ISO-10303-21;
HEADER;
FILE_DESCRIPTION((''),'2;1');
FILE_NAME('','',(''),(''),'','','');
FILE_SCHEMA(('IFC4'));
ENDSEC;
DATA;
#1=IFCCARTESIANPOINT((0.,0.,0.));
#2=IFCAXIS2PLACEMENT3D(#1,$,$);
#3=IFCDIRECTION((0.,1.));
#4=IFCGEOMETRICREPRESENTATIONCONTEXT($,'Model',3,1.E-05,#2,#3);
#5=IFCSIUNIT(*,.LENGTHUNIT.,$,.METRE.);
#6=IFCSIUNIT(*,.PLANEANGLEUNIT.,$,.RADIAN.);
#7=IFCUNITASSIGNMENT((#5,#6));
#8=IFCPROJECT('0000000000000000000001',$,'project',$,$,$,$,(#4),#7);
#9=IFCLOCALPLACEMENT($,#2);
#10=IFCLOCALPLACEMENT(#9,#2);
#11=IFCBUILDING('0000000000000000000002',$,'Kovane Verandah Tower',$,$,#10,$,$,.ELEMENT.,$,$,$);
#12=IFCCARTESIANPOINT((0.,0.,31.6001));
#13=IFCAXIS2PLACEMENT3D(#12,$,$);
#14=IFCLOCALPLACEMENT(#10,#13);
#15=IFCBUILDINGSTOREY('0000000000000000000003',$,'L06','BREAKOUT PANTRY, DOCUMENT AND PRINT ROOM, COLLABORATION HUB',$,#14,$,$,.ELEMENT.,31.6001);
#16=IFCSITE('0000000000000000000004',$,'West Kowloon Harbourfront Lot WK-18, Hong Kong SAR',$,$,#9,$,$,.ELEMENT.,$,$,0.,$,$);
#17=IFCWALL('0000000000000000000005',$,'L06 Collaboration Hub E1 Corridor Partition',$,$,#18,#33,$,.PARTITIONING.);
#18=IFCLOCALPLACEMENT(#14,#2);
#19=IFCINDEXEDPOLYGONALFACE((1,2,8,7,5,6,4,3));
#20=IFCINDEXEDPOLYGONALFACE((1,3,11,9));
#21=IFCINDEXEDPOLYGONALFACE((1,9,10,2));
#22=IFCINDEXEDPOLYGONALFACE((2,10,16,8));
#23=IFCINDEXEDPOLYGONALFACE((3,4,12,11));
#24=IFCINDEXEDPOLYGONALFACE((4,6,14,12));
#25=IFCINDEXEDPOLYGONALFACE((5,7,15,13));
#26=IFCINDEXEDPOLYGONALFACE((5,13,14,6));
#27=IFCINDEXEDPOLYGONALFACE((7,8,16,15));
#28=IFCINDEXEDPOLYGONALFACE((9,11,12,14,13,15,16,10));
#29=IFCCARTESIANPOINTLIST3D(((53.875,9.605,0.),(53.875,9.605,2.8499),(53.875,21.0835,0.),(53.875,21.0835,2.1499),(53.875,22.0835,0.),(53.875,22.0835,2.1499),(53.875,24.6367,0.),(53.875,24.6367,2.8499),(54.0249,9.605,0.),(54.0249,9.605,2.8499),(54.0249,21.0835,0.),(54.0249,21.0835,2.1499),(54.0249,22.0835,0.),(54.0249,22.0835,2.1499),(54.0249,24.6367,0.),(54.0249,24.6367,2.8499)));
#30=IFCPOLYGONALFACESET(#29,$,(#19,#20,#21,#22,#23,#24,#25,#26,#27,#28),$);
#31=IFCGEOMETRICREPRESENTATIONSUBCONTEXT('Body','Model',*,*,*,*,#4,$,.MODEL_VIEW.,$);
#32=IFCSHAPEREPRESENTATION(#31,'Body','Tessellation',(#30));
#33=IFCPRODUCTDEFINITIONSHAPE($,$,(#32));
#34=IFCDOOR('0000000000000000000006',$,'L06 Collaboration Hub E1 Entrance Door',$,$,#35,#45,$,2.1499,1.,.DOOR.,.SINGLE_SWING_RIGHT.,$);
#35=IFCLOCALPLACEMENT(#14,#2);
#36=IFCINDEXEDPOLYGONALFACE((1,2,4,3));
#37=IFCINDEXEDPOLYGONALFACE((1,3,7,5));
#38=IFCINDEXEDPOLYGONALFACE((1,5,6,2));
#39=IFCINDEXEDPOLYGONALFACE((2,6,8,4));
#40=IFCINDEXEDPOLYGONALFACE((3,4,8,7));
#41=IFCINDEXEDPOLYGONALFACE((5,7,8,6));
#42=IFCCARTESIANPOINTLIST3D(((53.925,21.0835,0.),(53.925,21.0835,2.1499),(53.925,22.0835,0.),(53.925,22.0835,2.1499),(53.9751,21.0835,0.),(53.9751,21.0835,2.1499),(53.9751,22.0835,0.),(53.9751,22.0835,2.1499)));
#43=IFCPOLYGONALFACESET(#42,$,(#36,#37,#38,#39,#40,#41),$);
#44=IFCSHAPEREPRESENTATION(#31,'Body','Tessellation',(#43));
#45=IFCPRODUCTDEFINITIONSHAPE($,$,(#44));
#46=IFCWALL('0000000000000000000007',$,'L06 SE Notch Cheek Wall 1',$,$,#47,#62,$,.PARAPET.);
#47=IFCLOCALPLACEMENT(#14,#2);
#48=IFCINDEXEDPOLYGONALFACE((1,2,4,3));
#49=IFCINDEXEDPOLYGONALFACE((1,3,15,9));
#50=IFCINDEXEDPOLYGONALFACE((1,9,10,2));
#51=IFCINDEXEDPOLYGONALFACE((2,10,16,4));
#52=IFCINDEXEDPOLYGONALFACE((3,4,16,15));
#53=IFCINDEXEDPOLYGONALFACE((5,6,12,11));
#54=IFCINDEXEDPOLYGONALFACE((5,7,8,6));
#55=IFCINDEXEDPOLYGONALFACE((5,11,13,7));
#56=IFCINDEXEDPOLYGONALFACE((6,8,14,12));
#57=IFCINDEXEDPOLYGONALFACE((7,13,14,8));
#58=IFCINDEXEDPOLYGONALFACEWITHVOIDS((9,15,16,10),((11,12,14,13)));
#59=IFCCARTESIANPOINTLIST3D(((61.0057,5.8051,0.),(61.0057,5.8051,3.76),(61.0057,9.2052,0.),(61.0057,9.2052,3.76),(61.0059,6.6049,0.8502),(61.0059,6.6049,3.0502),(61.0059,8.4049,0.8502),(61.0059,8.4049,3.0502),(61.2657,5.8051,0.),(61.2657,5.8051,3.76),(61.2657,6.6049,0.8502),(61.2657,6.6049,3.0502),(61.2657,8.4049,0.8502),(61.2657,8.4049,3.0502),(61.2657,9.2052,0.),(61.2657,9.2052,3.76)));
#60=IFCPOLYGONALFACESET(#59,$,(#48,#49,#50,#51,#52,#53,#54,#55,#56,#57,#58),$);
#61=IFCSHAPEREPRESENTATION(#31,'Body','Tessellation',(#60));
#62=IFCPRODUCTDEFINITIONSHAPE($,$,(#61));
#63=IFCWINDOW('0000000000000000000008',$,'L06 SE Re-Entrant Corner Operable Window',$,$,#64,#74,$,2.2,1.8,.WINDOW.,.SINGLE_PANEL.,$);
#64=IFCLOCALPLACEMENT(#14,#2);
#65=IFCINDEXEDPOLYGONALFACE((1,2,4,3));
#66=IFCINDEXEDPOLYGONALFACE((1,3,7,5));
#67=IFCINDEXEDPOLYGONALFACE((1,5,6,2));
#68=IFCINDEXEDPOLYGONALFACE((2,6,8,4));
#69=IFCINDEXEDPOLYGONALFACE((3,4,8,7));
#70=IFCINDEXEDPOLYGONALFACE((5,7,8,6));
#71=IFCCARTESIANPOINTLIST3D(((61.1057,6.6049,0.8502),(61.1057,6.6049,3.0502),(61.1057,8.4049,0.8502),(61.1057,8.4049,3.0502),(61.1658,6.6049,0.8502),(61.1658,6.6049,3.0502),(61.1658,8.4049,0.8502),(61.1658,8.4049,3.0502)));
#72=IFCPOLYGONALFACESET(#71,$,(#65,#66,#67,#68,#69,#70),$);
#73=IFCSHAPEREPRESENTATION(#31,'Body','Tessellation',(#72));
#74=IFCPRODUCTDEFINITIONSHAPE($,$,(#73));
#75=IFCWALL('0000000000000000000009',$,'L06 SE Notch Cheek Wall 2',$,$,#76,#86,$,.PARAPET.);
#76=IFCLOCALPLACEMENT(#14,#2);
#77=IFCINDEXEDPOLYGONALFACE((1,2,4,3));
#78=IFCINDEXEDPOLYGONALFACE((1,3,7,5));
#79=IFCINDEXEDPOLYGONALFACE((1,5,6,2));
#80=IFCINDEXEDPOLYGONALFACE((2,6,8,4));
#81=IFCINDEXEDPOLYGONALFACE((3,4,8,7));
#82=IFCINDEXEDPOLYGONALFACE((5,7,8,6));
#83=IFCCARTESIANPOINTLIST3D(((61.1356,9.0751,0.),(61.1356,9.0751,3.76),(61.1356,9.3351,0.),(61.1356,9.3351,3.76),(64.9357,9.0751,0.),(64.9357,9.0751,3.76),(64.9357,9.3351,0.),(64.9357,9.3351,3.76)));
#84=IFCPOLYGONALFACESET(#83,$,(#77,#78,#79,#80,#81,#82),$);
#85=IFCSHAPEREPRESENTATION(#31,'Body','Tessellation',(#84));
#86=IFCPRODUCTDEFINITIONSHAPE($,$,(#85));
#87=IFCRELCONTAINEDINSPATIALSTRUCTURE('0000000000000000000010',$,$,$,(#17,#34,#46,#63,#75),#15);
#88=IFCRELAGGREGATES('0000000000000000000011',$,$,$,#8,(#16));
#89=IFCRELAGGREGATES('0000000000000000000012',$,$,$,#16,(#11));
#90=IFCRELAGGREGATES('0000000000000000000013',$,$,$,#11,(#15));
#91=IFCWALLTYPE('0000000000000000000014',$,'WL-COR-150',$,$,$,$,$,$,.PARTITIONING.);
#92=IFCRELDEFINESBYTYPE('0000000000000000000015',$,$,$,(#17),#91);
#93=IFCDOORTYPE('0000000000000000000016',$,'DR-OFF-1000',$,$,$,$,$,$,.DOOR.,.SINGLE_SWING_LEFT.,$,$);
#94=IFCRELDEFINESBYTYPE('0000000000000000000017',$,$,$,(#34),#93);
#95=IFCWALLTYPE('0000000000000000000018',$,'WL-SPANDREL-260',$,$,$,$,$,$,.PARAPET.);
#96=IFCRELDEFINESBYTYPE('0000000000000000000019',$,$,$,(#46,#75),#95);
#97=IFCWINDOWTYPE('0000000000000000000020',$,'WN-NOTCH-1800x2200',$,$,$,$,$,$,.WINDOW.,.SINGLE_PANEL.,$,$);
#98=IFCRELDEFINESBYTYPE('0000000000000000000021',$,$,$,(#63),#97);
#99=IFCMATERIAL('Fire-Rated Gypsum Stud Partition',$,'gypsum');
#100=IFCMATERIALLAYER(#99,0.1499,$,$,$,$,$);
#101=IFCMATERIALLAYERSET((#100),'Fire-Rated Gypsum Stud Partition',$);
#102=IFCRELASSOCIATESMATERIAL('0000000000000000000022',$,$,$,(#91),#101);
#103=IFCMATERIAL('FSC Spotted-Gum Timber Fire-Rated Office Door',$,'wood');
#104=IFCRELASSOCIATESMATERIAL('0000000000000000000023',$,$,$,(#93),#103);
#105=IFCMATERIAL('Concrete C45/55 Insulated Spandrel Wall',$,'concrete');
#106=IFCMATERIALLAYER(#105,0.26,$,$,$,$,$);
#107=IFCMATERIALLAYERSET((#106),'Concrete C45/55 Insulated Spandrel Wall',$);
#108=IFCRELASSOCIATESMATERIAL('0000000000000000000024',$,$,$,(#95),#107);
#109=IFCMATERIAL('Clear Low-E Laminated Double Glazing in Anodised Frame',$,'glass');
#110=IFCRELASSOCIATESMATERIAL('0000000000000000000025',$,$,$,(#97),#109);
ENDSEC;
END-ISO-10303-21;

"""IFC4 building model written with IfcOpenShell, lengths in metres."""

from ifc_helpers import new_model, si_unit, direction, frame, frame_2d, origin, place, context, subcontext, project, spatial, rectangle, extrude, material, layer, layer_set, type_object, element, fill, save


model = new_model("IFC4")

# Units and contexts
model_context = context("Model", 3, precision=1e-05, world=origin(), true_north=direction((0.0, 1.0)))
body_context = subcontext(model_context, "Body", "Model", "MODEL_VIEW")
ifc_project = project(units=[si_unit("LENGTHUNIT", "METRE"), si_unit("PLANEANGLEUNIT", "RADIAN")], contexts=[model_context])

# Site, building, storey
site_placement = place(None, origin())
site = spatial("IfcSite", under=ifc_project, at=site_placement, Name="West Kowloon Harbourfront Lot WK-18, Hong Kong SAR", CompositionType="ELEMENT", RefElevation=0.0)
building_placement = place(site_placement, origin())
building = spatial("IfcBuilding", under=site, at=building_placement, Name="Kovane Verandah Tower", CompositionType="ELEMENT")
storey_placement = place(building_placement, frame((0.0, 0.0, 31.6001)))
storey = spatial("IfcBuildingStorey", under=building, at=storey_placement, Name="L06", Description="BREAKOUT PANTRY, DOCUMENT AND PRINT ROOM, COLLABORATION HUB", CompositionType="ELEMENT", Elevation=31.6001)

# Wall, opening, door
ifc_material_1 = material(Name="Fire-Rated Gypsum Stud Partition", Category="gypsum")
ifc_layer_1 = layer(ifc_material_1, 0.1499)
ifc_layer_set_1 = layer_set([ifc_layer_1], Name="Fire-Rated Gypsum Stud Partition")
wall_type_1 = type_object("IfcWallType", Name="WL-COR-150", PredefinedType="PARTITIONING", material=ifc_layer_set_1)
wall_1_placement = place(storey_placement, frame((53.95, 9.605, 0.0), z_axis=(0.0, 0.0, 1.0), x_axis=(0.0, 1.0, 0.0)))
wall_1 = element("IfcWall", 1, at=wall_1_placement, inside=storey, type_object=wall_type_1, Name="L06 Collaboration Hub E1 Corridor Partition", PredefinedType="PARTITIONING", context=body_context, shape_type="SweptSolid", body=[
    extrude(rectangle(XDim=15.0317, YDim=0.1499, at=frame_2d((7.5159, 0.0))), origin(), (0.0, 0.0, 1.0), 2.8499),
])
opening_1_placement = place(wall_1_placement, frame((11.4785, 0.0, 0.0)))
opening_1 = element("IfcOpeningElement", 2, at=opening_1_placement, cuts=wall_1, PredefinedType="OPENING", context=body_context, shape_type="SweptSolid", body=[
    extrude(rectangle(XDim=1.0, YDim=2.1499, at=frame_2d((0.5, 1.075))), frame((0.0, 0.075, 0.0), z_axis=(0.0, -1.0, 0.0), x_axis=(1.0, 0.0, 0.0)), (0.0, 0.0, 1.0), 0.1499),
])
ifc_material_2 = material(Name="FSC Spotted-Gum Timber Fire-Rated Office Door", Category="wood")
door_type_1 = type_object("IfcDoorType", Name="DR-OFF-1000", OperationType="SINGLE_SWING_LEFT", PredefinedType="DOOR", material=ifc_material_2)
door_1_placement = place(opening_1_placement, origin())
door_1 = element("IfcDoor", 3, at=door_1_placement, inside=storey, type_object=door_type_1, Name="L06 Collaboration Hub E1 Entrance Door", OperationType="SINGLE_SWING_RIGHT", OverallHeight=2.1499, OverallWidth=1.0, PredefinedType="DOOR", context=body_context, shape_type="SweptSolid", body=[
    extrude(rectangle(XDim=1.0, YDim=2.1499, at=frame_2d((0.5, 1.075))), frame((0.0, 0.0249, 0.0), z_axis=(0.0, -1.0, 0.0), x_axis=(1.0, 0.0, 0.0)), (0.0, 0.0, 1.0), 0.05),
])
fill(opening_1, door_1)

# Shared definitions
ifc_material_3 = material(Name="Concrete C45/55 Insulated Spandrel Wall", Category="concrete")
ifc_layer_2 = layer(ifc_material_3, 0.26)
ifc_layer_set_2 = layer_set([ifc_layer_2], Name="Concrete C45/55 Insulated Spandrel Wall")
wall_type_2 = type_object("IfcWallType", Name="WL-SPANDREL-260", PredefinedType="PARAPET", material=ifc_layer_set_2)
ifc_material_4 = material(Name="Clear Low-E Laminated Double Glazing in Anodised Frame", Category="glass")
window_type = type_object("IfcWindowType", Name="WN-NOTCH-1800x2200", PartitioningType="SINGLE_PANEL", PredefinedType="WINDOW", material=ifc_material_4)

# Wall, opening, window
wall_2_placement = place(storey_placement, frame((61.1357, 5.8049, 0.0), z_axis=(0.0, 0.0, 1.0), x_axis=(0.0, 1.0, 0.0)))
wall_2 = element("IfcWall", 4, at=wall_2_placement, inside=storey, type_object=wall_type_2, Name="L06 SE Notch Cheek Wall 1", PredefinedType="PARAPET", context=body_context, shape_type="SweptSolid", body=[
    extrude(rectangle(XDim=3.4001, YDim=0.26, at=frame_2d((1.7002, 0.0))), origin(), (0.0, 0.0, 1.0), 3.76),
])
opening_2_placement = place(wall_2_placement, frame((0.8, 0.0, 0.8501)))
opening_2 = element("IfcOpeningElement", 5, at=opening_2_placement, cuts=wall_2, PredefinedType="OPENING", context=body_context, shape_type="SweptSolid", body=[
    extrude(rectangle(XDim=1.8, YDim=2.2, at=frame_2d((0.8999, 1.1001))), frame((0.0, 0.1299, 0.0), z_axis=(0.0, -1.0, 0.0), x_axis=(1.0, 0.0, 0.0)), (0.0, 0.0, 1.0), 0.26),
])
window_1_placement = place(opening_2_placement, origin())
window_1 = element("IfcWindow", 6, at=window_1_placement, inside=storey, type_object=window_type, Name="L06 SE Re-Entrant Corner Operable Window", OverallHeight=2.2, OverallWidth=1.8, PartitioningType="SINGLE_PANEL", PredefinedType="WINDOW", context=body_context, shape_type="SweptSolid", body=[
    extrude(rectangle(XDim=1.8, YDim=2.2, at=frame_2d((0.8999, 1.1001))), frame((0.0, 0.03, 0.0), z_axis=(0.0, -1.0, 0.0), x_axis=(1.0, 0.0, 0.0)), (0.0, 0.0, 1.0), 0.0601),
])
fill(opening_2, window_1)

# Wall
wall_3_placement = place(storey_placement, frame((61.1357, 9.2051, 0.0), z_axis=(0.0, 0.0, 1.0), x_axis=(1.0, 0.0, 0.0)))
element("IfcWall", 7, at=wall_3_placement, inside=storey, type_object=wall_type_2, Name="L06 SE Notch Cheek Wall 2", PredefinedType="PARAPET", context=body_context, shape_type="SweptSolid", body=[
    extrude(rectangle(XDim=3.8, YDim=0.26, at=frame_2d((1.8999, 0.0))), origin(), (0.0, 0.0, 1.0), 3.76),
])

save(model, "model.ifc")
